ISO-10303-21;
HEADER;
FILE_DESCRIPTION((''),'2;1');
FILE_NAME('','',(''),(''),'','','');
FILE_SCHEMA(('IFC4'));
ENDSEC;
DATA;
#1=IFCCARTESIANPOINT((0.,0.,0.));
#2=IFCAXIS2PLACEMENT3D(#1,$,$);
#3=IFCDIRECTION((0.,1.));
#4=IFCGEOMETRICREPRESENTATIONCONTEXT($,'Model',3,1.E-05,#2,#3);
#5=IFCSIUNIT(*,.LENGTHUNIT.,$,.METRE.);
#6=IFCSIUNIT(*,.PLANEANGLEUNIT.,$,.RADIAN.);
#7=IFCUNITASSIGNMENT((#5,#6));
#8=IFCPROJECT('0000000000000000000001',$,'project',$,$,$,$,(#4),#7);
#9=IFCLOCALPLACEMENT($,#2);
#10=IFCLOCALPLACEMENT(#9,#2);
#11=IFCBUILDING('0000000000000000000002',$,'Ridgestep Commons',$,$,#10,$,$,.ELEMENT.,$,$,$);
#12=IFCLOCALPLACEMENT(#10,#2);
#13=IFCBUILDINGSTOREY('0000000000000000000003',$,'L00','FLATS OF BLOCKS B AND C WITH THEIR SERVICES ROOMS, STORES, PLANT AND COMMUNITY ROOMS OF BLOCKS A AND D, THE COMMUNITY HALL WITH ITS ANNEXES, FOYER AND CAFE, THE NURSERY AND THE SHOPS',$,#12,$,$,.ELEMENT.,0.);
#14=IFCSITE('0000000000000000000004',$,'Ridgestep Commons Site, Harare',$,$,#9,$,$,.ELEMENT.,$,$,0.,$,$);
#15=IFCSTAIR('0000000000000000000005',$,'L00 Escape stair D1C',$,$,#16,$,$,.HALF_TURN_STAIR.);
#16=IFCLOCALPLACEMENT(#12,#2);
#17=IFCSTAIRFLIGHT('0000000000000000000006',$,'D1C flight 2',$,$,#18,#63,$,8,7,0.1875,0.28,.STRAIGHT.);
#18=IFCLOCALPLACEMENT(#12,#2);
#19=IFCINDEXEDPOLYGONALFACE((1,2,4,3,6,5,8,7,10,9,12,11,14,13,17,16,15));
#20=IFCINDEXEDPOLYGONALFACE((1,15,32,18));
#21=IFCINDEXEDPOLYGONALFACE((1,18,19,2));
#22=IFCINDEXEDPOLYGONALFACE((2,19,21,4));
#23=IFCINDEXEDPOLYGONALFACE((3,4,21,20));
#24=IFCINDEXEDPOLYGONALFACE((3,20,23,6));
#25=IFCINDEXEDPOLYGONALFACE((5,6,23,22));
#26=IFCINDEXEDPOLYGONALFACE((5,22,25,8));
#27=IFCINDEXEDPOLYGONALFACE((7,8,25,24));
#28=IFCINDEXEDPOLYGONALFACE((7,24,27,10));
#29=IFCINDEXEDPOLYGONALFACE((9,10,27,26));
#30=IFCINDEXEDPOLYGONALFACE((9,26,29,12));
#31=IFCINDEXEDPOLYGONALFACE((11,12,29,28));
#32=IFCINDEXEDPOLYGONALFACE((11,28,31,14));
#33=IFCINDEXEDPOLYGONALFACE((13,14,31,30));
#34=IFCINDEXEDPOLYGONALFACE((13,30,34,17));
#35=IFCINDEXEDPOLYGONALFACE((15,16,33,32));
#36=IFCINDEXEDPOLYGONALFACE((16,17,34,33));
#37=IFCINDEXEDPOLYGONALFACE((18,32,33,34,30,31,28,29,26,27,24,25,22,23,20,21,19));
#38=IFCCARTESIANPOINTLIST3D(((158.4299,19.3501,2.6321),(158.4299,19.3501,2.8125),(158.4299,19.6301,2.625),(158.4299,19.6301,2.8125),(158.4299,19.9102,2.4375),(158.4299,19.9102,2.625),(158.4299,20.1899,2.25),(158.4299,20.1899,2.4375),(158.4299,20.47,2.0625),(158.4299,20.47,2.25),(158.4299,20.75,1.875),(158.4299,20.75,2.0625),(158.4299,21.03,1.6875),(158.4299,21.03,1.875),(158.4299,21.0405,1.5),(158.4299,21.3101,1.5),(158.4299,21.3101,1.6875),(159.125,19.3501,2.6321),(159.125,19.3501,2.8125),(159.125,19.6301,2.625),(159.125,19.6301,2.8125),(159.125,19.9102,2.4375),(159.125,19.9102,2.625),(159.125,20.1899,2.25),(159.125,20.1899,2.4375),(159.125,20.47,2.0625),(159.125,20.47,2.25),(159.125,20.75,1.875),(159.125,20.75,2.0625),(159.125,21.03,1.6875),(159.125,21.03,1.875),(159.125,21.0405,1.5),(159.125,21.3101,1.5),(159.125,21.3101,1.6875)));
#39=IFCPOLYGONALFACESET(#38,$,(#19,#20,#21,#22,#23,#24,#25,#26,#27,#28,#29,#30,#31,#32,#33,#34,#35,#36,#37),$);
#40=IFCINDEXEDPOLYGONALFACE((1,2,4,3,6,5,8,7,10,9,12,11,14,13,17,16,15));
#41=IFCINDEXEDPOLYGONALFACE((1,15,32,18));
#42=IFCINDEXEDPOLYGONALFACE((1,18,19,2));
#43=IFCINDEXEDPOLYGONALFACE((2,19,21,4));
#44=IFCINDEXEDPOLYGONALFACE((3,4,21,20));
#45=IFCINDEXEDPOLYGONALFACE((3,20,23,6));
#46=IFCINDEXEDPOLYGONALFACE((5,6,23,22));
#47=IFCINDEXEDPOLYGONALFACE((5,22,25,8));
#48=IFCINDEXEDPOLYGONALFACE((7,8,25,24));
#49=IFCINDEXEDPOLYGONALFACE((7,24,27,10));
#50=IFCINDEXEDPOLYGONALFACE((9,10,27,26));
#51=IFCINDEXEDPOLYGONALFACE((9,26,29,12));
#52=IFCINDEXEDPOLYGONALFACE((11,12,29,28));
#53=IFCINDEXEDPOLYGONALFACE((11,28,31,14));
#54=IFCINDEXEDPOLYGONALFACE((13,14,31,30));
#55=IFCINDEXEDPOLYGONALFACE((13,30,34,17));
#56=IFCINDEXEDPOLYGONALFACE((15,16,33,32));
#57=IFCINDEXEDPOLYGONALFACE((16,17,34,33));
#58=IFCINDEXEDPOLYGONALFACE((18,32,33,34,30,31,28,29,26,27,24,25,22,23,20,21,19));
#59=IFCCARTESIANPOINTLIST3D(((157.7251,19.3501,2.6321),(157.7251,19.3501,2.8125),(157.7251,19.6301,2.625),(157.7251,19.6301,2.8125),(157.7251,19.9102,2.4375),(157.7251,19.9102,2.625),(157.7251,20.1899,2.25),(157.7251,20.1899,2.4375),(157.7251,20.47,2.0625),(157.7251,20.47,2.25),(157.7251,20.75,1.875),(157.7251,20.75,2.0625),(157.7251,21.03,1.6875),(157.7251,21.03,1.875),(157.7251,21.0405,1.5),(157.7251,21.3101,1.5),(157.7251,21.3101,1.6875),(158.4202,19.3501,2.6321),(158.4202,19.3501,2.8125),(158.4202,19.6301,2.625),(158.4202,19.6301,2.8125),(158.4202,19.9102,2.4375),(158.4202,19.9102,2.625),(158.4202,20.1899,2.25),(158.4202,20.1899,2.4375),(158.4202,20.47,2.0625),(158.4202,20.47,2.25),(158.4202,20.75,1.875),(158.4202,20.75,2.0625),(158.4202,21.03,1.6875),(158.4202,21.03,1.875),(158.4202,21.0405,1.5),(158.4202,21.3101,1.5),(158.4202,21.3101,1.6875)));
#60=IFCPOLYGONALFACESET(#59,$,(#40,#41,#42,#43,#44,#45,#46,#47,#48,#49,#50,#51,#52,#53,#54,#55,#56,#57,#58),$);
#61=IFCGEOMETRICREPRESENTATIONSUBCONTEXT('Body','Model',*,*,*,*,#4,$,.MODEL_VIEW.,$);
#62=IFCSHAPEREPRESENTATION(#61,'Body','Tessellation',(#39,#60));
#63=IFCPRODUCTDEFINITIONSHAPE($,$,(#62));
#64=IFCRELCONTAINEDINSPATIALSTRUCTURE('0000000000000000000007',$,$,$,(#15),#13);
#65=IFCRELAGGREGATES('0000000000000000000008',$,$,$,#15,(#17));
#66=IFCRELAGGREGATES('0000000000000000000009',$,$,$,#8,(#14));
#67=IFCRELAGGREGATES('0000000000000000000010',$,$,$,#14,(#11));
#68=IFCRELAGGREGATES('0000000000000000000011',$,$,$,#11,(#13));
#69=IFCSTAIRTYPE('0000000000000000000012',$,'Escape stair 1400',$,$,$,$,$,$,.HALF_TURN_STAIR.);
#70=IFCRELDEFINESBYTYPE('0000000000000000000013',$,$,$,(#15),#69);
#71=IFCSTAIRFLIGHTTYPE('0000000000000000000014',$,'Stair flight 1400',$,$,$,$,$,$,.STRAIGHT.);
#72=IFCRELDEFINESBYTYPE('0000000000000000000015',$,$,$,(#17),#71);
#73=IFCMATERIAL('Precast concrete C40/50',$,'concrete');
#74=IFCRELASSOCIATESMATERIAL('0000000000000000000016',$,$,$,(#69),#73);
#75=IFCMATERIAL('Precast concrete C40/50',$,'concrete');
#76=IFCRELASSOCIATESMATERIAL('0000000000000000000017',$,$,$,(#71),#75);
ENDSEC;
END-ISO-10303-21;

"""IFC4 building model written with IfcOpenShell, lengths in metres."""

from ifc_helpers import new_model, si_unit, direction, frame, origin, place, context, subcontext, project, spatial, polyline, outline, extrude, material, type_object, element, aggregate, save


model = new_model("IFC4")

# Units and contexts
model_context = context("Model", 3, precision=1e-05, world=origin(), true_north=direction((0.0, 1.0)))
body_context = subcontext(model_context, "Body", "Model", "MODEL_VIEW")
ifc_project = project(units=[si_unit("LENGTHUNIT", "METRE"), si_unit("PLANEANGLEUNIT", "RADIAN")], contexts=[model_context])

# Site, building, storey
site_placement = place(None, origin())
site = spatial("IfcSite", under=ifc_project, at=site_placement, Name="Ridgestep Commons Site, Harare", CompositionType="ELEMENT", RefElevation=0.0)
building_placement = place(site_placement, origin())
building = spatial("IfcBuilding", under=site, at=building_placement, Name="Ridgestep Commons", CompositionType="ELEMENT")
storey_placement = place(building_placement, origin())
storey = spatial("IfcBuildingStorey", under=building, at=storey_placement, Name="L00", Description="FLATS OF BLOCKS B AND C WITH THEIR SERVICES ROOMS, STORES, PLANT AND COMMUNITY ROOMS OF BLOCKS A AND D, THE COMMUNITY HALL WITH ITS ANNEXES, FOYER AND CAFE, THE NURSERY AND THE SHOPS", CompositionType="ELEMENT", Elevation=0.0)

# Stair, stair flight
ifc_material_1 = material(Name="Precast concrete C40/50", Category="concrete")
stair_type = type_object("IfcStairType", Name="Escape stair 1400", PredefinedType="HALF_TURN_STAIR", material=ifc_material_1)
stair_placement = place(storey_placement, origin())
stair = element("IfcStair", 1, at=stair_placement, inside=storey, type_object=stair_type, Name="L00 Escape stair D1C", PredefinedType="HALF_TURN_STAIR")
ifc_material_2 = material(Name="Precast concrete C40/50", Category="concrete")
stair_flight_type = type_object("IfcStairFlightType", Name="Stair flight 1400", PredefinedType="STRAIGHT", material=ifc_material_2)
stair_flight_1_placement = place(storey_placement, frame((158.425, 21.3101, 1.5), z_axis=(0.0, 0.0, 1.0), x_axis=(0.0, -1.0, 0.0)))
stair_flight_1 = element("IfcStairFlight", 2, at=stair_flight_1_placement, type_object=stair_flight_type, Name="D1C flight 2", NumberOfRisers=8, NumberOfTreads=7, PredefinedType="STRAIGHT", RiserHeight=0.1875, TreadLength=0.28, context=body_context, shape_type="SweptSolid", body=[
    extrude(outline(polyline([(0.0, 0.0), (0.0, 0.1875), (0.28, 0.1875), (0.28, 0.375), (0.5601, 0.375), (0.5601, 0.5625), (0.8401, 0.5625), (0.8401, 0.75), (1.1201, 0.75), (1.1201, 0.9375), (1.3999, 0.9375), (1.3999, 1.125), (1.6799, 1.125), (1.6799, 1.3125), (1.96, 1.3125), (1.96, 1.5), (1.96, 1.1321), (0.2695, 0.0), (0.0, 0.0)])), frame((0.0, 0.7, 0.0), z_axis=(0.0, -1.0, 0.0), x_axis=(1.0, 0.0, 0.0)), (0.0, 0.0, 1.0), 0.6951),
    extrude(outline(polyline([(0.0, 0.0), (0.0, 0.1875), (0.28, 0.1875), (0.28, 0.375), (0.5601, 0.375), (0.5601, 0.5625), (0.8401, 0.5625), (0.8401, 0.75), (1.1201, 0.75), (1.1201, 0.9375), (1.3999, 0.9375), (1.3999, 1.125), (1.6799, 1.125), (1.6799, 1.3125), (1.96, 1.3125), (1.96, 1.5), (1.96, 1.1321), (0.2695, 0.0), (0.0, 0.0)])), frame((0.0, -0.0049, 0.0), z_axis=(0.0, -1.0, 0.0), x_axis=(1.0, 0.0, 0.0)), (0.0, 0.0, 1.0), 0.6951),
])
aggregate(stair, [stair_flight_1])

save(model, "model.ifc")
